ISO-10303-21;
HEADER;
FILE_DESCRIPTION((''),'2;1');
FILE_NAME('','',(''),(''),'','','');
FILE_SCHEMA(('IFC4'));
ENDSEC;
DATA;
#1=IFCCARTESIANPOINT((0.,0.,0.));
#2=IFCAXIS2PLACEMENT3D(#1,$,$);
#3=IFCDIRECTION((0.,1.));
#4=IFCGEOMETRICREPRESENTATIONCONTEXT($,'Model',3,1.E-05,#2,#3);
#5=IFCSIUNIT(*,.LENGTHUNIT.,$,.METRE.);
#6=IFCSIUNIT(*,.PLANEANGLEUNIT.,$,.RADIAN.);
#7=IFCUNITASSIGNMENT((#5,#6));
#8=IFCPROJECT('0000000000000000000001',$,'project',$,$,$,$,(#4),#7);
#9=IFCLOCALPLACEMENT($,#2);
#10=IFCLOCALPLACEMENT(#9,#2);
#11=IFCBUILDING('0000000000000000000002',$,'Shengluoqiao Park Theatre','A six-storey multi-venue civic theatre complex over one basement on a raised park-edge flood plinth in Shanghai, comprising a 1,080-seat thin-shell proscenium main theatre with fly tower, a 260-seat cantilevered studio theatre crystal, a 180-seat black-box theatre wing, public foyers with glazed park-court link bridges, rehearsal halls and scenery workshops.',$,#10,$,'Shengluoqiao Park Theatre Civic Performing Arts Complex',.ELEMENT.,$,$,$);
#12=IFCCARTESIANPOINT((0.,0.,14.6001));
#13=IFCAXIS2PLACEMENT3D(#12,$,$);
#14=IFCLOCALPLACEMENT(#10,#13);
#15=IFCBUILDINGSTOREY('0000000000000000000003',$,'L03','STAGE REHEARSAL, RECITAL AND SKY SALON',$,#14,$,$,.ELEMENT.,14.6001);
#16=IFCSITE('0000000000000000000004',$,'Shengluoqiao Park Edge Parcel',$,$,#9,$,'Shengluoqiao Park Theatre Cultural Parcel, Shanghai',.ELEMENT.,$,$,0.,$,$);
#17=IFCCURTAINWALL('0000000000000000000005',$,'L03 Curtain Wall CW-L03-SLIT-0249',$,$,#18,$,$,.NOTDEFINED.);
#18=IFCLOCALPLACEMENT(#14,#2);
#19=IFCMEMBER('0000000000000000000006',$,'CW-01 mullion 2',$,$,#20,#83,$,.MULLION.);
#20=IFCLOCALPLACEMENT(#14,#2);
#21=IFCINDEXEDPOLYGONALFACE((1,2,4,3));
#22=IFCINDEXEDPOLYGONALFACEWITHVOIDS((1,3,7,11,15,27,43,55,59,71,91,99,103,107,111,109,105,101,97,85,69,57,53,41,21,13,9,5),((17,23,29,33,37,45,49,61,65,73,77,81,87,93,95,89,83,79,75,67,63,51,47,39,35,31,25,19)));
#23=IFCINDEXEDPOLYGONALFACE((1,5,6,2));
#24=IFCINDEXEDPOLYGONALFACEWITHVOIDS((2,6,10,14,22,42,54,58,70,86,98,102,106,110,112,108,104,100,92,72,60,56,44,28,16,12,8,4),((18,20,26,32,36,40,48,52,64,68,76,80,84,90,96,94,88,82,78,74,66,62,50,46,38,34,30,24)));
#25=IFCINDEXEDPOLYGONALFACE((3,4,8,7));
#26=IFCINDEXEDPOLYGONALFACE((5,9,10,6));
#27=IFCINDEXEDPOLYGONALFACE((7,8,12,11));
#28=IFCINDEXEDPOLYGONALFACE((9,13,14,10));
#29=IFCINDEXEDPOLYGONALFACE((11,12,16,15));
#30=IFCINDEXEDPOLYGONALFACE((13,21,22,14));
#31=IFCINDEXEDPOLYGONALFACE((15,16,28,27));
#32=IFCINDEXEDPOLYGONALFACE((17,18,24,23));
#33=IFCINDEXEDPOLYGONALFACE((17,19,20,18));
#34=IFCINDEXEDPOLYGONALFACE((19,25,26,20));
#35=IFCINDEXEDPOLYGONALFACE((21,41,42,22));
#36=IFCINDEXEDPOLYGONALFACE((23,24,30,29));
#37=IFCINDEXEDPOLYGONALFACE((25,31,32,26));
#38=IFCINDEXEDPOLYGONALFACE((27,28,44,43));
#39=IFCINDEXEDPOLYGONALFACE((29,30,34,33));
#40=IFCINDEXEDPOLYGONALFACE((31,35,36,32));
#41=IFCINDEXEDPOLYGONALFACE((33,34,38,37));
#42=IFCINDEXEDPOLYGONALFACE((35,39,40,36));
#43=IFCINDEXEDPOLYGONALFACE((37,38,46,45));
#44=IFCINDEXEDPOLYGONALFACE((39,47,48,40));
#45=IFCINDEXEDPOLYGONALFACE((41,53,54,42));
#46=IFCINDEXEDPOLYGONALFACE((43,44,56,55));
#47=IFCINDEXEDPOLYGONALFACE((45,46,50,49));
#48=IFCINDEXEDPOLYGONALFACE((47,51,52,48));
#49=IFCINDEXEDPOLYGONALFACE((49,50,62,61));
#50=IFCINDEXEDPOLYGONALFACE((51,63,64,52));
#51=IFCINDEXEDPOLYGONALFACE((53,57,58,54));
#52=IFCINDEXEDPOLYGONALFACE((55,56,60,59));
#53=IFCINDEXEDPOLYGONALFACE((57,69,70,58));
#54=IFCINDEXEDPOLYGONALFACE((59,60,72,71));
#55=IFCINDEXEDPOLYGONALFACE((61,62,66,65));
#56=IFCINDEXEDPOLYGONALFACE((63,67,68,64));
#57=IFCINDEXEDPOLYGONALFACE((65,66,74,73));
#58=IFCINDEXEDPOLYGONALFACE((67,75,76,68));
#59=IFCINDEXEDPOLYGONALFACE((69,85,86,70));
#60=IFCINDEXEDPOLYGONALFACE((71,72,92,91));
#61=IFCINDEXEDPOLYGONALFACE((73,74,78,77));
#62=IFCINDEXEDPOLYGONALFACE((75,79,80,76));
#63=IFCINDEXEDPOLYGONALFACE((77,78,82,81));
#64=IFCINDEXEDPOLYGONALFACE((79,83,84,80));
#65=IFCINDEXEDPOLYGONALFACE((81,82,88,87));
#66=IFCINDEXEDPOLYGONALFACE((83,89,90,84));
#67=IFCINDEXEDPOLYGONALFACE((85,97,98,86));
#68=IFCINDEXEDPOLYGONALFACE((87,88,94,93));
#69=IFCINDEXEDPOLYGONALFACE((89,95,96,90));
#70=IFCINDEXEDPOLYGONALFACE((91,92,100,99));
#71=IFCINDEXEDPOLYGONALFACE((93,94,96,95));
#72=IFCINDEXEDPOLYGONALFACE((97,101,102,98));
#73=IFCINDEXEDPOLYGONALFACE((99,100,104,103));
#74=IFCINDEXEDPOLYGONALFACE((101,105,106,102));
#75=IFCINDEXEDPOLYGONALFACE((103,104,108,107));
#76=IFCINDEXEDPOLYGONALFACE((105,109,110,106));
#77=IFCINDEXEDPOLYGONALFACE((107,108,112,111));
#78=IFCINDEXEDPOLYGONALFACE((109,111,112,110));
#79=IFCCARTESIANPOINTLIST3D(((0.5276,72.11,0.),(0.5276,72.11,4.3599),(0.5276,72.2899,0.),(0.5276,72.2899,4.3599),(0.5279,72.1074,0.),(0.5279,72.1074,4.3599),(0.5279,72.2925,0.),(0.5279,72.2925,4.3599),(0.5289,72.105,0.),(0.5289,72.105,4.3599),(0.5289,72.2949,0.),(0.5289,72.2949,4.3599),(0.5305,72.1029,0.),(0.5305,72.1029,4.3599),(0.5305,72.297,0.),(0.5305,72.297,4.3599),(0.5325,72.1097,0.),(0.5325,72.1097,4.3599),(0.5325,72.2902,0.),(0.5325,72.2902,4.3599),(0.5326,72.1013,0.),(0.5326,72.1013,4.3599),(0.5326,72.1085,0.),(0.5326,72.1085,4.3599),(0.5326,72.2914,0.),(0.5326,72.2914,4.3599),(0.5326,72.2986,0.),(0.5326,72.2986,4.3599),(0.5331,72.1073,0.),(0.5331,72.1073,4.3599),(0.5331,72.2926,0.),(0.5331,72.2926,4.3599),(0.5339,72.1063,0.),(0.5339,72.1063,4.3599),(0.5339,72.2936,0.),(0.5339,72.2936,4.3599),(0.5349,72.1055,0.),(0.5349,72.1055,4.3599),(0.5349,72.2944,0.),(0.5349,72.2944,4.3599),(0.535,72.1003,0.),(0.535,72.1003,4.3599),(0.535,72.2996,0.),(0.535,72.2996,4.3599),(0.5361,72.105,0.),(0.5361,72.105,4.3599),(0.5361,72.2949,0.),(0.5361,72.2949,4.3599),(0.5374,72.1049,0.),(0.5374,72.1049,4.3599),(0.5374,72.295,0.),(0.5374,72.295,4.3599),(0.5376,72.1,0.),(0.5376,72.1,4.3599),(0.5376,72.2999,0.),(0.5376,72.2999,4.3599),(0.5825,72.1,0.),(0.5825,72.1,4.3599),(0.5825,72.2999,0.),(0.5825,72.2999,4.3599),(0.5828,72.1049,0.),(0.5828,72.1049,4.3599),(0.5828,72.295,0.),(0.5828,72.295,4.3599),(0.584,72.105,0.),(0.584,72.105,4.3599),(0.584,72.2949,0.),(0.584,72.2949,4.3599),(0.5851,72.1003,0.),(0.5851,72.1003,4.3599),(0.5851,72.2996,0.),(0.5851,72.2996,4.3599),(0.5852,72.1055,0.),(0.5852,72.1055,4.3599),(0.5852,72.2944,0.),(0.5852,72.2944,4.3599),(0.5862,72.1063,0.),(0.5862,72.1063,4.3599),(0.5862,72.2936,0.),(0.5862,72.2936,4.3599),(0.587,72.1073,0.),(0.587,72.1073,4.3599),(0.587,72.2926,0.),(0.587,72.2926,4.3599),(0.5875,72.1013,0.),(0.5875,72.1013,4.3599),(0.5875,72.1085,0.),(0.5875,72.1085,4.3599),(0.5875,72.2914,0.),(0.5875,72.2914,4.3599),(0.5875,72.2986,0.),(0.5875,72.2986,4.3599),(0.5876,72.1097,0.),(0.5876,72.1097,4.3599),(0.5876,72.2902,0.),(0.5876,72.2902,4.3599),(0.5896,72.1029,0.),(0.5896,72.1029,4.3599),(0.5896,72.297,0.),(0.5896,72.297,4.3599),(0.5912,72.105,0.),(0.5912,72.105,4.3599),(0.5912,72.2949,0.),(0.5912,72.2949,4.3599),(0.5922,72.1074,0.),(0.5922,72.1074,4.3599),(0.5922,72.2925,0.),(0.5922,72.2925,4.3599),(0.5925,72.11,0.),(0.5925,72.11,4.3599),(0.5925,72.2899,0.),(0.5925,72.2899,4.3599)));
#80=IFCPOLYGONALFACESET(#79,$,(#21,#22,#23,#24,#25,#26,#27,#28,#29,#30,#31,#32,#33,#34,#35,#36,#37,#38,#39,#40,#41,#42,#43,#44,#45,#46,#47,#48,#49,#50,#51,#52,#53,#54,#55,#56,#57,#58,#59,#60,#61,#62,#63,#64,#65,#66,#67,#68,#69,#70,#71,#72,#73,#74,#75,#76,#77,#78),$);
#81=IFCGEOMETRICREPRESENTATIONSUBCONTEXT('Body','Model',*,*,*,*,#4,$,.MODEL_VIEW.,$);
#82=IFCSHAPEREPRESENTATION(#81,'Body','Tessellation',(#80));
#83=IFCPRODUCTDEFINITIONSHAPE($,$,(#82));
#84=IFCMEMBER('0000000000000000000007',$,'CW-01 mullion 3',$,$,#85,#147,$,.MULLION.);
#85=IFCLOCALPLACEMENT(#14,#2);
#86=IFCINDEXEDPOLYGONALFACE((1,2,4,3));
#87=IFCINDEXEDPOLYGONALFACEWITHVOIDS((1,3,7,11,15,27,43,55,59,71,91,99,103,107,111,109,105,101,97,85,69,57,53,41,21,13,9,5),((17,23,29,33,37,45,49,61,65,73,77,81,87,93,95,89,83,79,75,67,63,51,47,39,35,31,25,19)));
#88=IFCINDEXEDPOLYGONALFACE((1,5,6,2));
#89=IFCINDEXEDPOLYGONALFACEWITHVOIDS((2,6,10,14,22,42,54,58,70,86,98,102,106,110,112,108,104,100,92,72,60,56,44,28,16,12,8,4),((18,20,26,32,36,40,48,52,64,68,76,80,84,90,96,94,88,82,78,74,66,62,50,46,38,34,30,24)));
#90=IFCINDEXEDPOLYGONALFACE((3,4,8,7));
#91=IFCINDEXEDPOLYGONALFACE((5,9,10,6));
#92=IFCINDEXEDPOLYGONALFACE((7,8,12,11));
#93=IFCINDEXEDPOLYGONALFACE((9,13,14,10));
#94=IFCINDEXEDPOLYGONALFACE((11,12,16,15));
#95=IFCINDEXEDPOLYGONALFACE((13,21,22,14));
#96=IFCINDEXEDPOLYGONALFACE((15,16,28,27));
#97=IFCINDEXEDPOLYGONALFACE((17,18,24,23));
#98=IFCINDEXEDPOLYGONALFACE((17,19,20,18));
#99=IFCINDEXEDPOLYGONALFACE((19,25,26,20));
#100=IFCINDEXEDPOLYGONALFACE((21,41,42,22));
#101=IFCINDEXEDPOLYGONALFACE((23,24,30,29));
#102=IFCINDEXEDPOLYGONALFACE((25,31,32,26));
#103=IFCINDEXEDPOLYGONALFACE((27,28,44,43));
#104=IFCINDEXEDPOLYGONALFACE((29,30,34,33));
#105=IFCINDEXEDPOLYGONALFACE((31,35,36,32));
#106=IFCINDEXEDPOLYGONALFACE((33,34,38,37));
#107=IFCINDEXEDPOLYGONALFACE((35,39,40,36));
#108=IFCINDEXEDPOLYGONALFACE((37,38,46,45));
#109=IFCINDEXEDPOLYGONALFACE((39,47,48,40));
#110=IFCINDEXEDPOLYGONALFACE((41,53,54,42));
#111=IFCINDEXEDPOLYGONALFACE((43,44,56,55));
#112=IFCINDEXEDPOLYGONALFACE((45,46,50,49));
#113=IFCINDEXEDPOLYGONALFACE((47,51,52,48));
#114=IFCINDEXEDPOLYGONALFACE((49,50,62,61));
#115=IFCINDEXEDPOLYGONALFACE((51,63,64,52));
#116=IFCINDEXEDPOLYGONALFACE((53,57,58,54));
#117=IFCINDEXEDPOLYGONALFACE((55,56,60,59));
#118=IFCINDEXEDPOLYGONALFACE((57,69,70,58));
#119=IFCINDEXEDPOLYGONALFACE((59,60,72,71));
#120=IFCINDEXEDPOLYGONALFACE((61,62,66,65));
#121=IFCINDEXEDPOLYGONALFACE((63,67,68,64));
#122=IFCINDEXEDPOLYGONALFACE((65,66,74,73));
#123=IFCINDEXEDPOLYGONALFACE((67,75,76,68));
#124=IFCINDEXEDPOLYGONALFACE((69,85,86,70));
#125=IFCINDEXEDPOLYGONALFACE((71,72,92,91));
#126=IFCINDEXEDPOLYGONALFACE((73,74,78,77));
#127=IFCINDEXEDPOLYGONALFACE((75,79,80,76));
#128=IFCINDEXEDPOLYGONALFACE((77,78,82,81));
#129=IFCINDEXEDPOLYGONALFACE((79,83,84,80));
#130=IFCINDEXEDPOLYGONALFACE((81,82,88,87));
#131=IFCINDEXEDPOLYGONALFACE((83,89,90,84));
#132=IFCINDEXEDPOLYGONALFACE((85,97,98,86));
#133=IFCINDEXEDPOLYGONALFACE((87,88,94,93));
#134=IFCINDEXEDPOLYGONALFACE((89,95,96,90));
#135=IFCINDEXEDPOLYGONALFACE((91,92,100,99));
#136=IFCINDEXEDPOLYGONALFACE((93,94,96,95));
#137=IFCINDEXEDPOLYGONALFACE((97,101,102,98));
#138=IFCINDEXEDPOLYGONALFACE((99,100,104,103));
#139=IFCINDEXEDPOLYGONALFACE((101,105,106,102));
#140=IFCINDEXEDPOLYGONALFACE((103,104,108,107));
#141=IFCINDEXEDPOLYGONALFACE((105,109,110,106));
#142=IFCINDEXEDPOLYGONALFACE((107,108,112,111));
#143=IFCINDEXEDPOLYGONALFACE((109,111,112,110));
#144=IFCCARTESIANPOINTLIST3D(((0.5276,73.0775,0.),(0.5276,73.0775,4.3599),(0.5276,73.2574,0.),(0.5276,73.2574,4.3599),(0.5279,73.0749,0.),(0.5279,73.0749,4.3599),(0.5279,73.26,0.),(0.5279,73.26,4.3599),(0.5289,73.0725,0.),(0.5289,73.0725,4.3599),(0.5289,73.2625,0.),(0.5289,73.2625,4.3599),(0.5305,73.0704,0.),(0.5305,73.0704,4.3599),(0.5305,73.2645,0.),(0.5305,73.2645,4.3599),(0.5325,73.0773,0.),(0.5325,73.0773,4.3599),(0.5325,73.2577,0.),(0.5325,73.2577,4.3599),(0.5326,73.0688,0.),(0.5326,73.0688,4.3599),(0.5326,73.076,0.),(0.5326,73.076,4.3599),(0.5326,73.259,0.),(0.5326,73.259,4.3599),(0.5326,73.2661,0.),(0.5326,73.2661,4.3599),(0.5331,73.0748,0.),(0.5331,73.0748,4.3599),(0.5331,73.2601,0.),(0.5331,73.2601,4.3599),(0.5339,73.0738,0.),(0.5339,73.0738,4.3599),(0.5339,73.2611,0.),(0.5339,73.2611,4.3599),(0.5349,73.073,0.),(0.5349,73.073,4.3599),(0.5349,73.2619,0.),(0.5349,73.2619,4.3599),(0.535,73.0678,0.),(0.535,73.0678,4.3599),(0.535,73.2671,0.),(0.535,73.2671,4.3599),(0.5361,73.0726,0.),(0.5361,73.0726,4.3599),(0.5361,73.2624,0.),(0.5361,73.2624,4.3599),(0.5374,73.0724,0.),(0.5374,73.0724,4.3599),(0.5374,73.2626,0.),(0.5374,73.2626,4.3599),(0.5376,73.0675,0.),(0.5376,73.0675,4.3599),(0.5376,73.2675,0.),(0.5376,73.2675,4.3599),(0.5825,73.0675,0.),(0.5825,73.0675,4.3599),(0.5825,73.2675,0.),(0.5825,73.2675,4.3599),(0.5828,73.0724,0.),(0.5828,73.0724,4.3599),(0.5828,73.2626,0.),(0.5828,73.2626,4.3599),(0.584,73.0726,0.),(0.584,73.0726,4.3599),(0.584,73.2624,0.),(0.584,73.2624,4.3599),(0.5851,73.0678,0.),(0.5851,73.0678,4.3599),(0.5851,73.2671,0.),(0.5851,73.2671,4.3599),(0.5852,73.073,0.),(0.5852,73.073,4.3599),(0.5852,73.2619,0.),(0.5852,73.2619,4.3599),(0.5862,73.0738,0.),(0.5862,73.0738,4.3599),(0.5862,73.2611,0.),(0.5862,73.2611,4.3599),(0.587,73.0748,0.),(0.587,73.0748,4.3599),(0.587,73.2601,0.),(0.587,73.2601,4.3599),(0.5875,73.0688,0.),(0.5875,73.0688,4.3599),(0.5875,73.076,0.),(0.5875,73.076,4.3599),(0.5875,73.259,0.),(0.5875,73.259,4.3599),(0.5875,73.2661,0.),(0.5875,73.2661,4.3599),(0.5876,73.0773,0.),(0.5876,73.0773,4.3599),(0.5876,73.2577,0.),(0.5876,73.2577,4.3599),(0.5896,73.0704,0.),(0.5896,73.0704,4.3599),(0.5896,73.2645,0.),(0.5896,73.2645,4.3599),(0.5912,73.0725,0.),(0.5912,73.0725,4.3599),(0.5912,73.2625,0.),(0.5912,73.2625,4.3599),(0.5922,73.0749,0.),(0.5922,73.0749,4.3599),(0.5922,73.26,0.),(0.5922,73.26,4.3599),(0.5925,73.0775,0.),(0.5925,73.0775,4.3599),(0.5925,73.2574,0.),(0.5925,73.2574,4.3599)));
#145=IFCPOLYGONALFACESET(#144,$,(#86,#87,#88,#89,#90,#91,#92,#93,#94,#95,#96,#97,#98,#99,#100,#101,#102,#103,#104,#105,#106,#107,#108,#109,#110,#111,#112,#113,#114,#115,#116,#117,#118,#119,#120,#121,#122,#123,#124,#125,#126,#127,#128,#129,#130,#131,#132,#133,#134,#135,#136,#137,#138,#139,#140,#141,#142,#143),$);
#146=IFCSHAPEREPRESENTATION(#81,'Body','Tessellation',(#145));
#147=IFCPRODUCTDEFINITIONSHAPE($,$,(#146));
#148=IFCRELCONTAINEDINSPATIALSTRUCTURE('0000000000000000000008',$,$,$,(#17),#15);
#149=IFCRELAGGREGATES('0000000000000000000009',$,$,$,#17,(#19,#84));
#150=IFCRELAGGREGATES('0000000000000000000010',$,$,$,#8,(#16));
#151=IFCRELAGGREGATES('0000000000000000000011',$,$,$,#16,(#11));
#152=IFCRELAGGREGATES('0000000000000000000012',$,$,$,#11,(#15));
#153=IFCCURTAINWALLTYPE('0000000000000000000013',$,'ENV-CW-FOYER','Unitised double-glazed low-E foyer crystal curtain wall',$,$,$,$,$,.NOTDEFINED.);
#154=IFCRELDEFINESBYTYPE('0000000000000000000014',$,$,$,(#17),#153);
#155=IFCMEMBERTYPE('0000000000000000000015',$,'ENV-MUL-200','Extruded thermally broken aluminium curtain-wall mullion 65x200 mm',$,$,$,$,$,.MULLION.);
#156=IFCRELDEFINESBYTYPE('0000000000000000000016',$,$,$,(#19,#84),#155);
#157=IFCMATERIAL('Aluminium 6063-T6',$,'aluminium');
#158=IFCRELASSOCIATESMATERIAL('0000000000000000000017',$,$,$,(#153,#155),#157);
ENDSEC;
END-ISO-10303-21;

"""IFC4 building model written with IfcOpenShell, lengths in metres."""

from ifc_helpers import new_model, si_unit, direction, frame, origin, origin_2d, place, context, subcontext, project, spatial, hollow_rectangle, extrude, material, material_profile, profile_set, type_object, element, aggregate, save


model = new_model("IFC4")

# Units and contexts
model_context = context("Model", 3, precision=1e-05, world=origin(), true_north=direction((0.0, 1.0)))
body_context = subcontext(model_context, "Body", "Model", "MODEL_VIEW")
ifc_project = project(units=[si_unit("LENGTHUNIT", "METRE"), si_unit("PLANEANGLEUNIT", "RADIAN")], contexts=[model_context])

# Site, building, storey
site_placement = place(None, origin())
site = spatial("IfcSite", under=ifc_project, at=site_placement, Name="Shengluoqiao Park Edge Parcel", LongName="Shengluoqiao Park Theatre Cultural Parcel, Shanghai", CompositionType="ELEMENT", RefElevation=0.0)
building_placement = place(site_placement, origin())
building = spatial("IfcBuilding", under=site, at=building_placement, Name="Shengluoqiao Park Theatre", Description="A six-storey multi-venue civic theatre complex over one basement on a raised park-edge flood plinth in Shanghai, comprising a 1,080-seat thin-shell proscenium main theatre with fly tower, a 260-seat cantilevered studio theatre crystal, a 180-seat black-box theatre wing, public foyers with glazed park-court link bridges, rehearsal halls and scenery workshops.", LongName="Shengluoqiao Park Theatre Civic Performing Arts Complex", CompositionType="ELEMENT")
storey_placement = place(building_placement, frame((0.0, 0.0, 14.6001)))
storey = spatial("IfcBuildingStorey", under=building, at=storey_placement, Name="L03", Description="STAGE REHEARSAL, RECITAL AND SKY SALON", CompositionType="ELEMENT", Elevation=14.6001)

# Curtain wall, members
ifc_material_1 = material(Name="Aluminium 6063-T6", Category="aluminium")
curtain_wall_type = type_object("IfcCurtainWallType", Name="ENV-CW-FOYER", Description="Unitised double-glazed low-E foyer crystal curtain wall", PredefinedType="NOTDEFINED", material=ifc_material_1)
curtain_wall_placement = place(storey_placement, origin())
curtain_wall = element("IfcCurtainWall", 1, at=curtain_wall_placement, inside=storey, type_object=curtain_wall_type, Name="L03 Curtain Wall CW-L03-SLIT-0249", PredefinedType="NOTDEFINED")
ifc_material_profile_1 = material_profile(ifc_material_1, hollow_rectangle(XDim=0.0649, YDim=0.2, WallThickness=0.0049, InnerFilletRadius=0.0049, OuterFilletRadius=0.01, at=origin_2d()), Name="ALU MULLION 200x65x5")
ifc_profile_set_1 = profile_set([ifc_material_profile_1], Name="Aluminium 6063-T6")
member_type_1 = type_object("IfcMemberType", Name="ENV-MUL-200", Description="Extruded thermally broken aluminium curtain-wall mullion 65x200 mm", PredefinedType="MULLION", material=ifc_profile_set_1)
member_1_placement = place(storey_placement, frame((0.5601, 72.2, 0.0), z_axis=(0.0, 0.0, 1.0), x_axis=(-1.0, 0.0, 0.0)))
member_1 = element("IfcMember", 2, at=member_1_placement, type_object=member_type_1, Name="CW-01 mullion 2", PredefinedType="MULLION", context=body_context, shape_type="SweptSolid", body=[
    extrude(hollow_rectangle(XDim=0.0649, YDim=0.2, WallThickness=0.0049, InnerFilletRadius=0.0049, OuterFilletRadius=0.01, at=origin_2d()), origin(), (0.0, 0.0, 1.0), 4.3599),
])
member_2_placement = place(storey_placement, frame((0.5601, 73.1675, 0.0), z_axis=(0.0, 0.0, 1.0), x_axis=(-1.0, 0.0, 0.0)))
member_2 = element("IfcMember", 3, at=member_2_placement, type_object=member_type_1, Name="CW-01 mullion 3", PredefinedType="MULLION", context=body_context, shape_type="SweptSolid", body=[
    extrude(hollow_rectangle(XDim=0.0649, YDim=0.2, WallThickness=0.0049, InnerFilletRadius=0.0049, OuterFilletRadius=0.01, at=origin_2d()), origin(), (0.0, 0.0, 1.0), 4.3599),
])

aggregate(curtain_wall, [member_1, member_2])

save(model, "model.ifc")
